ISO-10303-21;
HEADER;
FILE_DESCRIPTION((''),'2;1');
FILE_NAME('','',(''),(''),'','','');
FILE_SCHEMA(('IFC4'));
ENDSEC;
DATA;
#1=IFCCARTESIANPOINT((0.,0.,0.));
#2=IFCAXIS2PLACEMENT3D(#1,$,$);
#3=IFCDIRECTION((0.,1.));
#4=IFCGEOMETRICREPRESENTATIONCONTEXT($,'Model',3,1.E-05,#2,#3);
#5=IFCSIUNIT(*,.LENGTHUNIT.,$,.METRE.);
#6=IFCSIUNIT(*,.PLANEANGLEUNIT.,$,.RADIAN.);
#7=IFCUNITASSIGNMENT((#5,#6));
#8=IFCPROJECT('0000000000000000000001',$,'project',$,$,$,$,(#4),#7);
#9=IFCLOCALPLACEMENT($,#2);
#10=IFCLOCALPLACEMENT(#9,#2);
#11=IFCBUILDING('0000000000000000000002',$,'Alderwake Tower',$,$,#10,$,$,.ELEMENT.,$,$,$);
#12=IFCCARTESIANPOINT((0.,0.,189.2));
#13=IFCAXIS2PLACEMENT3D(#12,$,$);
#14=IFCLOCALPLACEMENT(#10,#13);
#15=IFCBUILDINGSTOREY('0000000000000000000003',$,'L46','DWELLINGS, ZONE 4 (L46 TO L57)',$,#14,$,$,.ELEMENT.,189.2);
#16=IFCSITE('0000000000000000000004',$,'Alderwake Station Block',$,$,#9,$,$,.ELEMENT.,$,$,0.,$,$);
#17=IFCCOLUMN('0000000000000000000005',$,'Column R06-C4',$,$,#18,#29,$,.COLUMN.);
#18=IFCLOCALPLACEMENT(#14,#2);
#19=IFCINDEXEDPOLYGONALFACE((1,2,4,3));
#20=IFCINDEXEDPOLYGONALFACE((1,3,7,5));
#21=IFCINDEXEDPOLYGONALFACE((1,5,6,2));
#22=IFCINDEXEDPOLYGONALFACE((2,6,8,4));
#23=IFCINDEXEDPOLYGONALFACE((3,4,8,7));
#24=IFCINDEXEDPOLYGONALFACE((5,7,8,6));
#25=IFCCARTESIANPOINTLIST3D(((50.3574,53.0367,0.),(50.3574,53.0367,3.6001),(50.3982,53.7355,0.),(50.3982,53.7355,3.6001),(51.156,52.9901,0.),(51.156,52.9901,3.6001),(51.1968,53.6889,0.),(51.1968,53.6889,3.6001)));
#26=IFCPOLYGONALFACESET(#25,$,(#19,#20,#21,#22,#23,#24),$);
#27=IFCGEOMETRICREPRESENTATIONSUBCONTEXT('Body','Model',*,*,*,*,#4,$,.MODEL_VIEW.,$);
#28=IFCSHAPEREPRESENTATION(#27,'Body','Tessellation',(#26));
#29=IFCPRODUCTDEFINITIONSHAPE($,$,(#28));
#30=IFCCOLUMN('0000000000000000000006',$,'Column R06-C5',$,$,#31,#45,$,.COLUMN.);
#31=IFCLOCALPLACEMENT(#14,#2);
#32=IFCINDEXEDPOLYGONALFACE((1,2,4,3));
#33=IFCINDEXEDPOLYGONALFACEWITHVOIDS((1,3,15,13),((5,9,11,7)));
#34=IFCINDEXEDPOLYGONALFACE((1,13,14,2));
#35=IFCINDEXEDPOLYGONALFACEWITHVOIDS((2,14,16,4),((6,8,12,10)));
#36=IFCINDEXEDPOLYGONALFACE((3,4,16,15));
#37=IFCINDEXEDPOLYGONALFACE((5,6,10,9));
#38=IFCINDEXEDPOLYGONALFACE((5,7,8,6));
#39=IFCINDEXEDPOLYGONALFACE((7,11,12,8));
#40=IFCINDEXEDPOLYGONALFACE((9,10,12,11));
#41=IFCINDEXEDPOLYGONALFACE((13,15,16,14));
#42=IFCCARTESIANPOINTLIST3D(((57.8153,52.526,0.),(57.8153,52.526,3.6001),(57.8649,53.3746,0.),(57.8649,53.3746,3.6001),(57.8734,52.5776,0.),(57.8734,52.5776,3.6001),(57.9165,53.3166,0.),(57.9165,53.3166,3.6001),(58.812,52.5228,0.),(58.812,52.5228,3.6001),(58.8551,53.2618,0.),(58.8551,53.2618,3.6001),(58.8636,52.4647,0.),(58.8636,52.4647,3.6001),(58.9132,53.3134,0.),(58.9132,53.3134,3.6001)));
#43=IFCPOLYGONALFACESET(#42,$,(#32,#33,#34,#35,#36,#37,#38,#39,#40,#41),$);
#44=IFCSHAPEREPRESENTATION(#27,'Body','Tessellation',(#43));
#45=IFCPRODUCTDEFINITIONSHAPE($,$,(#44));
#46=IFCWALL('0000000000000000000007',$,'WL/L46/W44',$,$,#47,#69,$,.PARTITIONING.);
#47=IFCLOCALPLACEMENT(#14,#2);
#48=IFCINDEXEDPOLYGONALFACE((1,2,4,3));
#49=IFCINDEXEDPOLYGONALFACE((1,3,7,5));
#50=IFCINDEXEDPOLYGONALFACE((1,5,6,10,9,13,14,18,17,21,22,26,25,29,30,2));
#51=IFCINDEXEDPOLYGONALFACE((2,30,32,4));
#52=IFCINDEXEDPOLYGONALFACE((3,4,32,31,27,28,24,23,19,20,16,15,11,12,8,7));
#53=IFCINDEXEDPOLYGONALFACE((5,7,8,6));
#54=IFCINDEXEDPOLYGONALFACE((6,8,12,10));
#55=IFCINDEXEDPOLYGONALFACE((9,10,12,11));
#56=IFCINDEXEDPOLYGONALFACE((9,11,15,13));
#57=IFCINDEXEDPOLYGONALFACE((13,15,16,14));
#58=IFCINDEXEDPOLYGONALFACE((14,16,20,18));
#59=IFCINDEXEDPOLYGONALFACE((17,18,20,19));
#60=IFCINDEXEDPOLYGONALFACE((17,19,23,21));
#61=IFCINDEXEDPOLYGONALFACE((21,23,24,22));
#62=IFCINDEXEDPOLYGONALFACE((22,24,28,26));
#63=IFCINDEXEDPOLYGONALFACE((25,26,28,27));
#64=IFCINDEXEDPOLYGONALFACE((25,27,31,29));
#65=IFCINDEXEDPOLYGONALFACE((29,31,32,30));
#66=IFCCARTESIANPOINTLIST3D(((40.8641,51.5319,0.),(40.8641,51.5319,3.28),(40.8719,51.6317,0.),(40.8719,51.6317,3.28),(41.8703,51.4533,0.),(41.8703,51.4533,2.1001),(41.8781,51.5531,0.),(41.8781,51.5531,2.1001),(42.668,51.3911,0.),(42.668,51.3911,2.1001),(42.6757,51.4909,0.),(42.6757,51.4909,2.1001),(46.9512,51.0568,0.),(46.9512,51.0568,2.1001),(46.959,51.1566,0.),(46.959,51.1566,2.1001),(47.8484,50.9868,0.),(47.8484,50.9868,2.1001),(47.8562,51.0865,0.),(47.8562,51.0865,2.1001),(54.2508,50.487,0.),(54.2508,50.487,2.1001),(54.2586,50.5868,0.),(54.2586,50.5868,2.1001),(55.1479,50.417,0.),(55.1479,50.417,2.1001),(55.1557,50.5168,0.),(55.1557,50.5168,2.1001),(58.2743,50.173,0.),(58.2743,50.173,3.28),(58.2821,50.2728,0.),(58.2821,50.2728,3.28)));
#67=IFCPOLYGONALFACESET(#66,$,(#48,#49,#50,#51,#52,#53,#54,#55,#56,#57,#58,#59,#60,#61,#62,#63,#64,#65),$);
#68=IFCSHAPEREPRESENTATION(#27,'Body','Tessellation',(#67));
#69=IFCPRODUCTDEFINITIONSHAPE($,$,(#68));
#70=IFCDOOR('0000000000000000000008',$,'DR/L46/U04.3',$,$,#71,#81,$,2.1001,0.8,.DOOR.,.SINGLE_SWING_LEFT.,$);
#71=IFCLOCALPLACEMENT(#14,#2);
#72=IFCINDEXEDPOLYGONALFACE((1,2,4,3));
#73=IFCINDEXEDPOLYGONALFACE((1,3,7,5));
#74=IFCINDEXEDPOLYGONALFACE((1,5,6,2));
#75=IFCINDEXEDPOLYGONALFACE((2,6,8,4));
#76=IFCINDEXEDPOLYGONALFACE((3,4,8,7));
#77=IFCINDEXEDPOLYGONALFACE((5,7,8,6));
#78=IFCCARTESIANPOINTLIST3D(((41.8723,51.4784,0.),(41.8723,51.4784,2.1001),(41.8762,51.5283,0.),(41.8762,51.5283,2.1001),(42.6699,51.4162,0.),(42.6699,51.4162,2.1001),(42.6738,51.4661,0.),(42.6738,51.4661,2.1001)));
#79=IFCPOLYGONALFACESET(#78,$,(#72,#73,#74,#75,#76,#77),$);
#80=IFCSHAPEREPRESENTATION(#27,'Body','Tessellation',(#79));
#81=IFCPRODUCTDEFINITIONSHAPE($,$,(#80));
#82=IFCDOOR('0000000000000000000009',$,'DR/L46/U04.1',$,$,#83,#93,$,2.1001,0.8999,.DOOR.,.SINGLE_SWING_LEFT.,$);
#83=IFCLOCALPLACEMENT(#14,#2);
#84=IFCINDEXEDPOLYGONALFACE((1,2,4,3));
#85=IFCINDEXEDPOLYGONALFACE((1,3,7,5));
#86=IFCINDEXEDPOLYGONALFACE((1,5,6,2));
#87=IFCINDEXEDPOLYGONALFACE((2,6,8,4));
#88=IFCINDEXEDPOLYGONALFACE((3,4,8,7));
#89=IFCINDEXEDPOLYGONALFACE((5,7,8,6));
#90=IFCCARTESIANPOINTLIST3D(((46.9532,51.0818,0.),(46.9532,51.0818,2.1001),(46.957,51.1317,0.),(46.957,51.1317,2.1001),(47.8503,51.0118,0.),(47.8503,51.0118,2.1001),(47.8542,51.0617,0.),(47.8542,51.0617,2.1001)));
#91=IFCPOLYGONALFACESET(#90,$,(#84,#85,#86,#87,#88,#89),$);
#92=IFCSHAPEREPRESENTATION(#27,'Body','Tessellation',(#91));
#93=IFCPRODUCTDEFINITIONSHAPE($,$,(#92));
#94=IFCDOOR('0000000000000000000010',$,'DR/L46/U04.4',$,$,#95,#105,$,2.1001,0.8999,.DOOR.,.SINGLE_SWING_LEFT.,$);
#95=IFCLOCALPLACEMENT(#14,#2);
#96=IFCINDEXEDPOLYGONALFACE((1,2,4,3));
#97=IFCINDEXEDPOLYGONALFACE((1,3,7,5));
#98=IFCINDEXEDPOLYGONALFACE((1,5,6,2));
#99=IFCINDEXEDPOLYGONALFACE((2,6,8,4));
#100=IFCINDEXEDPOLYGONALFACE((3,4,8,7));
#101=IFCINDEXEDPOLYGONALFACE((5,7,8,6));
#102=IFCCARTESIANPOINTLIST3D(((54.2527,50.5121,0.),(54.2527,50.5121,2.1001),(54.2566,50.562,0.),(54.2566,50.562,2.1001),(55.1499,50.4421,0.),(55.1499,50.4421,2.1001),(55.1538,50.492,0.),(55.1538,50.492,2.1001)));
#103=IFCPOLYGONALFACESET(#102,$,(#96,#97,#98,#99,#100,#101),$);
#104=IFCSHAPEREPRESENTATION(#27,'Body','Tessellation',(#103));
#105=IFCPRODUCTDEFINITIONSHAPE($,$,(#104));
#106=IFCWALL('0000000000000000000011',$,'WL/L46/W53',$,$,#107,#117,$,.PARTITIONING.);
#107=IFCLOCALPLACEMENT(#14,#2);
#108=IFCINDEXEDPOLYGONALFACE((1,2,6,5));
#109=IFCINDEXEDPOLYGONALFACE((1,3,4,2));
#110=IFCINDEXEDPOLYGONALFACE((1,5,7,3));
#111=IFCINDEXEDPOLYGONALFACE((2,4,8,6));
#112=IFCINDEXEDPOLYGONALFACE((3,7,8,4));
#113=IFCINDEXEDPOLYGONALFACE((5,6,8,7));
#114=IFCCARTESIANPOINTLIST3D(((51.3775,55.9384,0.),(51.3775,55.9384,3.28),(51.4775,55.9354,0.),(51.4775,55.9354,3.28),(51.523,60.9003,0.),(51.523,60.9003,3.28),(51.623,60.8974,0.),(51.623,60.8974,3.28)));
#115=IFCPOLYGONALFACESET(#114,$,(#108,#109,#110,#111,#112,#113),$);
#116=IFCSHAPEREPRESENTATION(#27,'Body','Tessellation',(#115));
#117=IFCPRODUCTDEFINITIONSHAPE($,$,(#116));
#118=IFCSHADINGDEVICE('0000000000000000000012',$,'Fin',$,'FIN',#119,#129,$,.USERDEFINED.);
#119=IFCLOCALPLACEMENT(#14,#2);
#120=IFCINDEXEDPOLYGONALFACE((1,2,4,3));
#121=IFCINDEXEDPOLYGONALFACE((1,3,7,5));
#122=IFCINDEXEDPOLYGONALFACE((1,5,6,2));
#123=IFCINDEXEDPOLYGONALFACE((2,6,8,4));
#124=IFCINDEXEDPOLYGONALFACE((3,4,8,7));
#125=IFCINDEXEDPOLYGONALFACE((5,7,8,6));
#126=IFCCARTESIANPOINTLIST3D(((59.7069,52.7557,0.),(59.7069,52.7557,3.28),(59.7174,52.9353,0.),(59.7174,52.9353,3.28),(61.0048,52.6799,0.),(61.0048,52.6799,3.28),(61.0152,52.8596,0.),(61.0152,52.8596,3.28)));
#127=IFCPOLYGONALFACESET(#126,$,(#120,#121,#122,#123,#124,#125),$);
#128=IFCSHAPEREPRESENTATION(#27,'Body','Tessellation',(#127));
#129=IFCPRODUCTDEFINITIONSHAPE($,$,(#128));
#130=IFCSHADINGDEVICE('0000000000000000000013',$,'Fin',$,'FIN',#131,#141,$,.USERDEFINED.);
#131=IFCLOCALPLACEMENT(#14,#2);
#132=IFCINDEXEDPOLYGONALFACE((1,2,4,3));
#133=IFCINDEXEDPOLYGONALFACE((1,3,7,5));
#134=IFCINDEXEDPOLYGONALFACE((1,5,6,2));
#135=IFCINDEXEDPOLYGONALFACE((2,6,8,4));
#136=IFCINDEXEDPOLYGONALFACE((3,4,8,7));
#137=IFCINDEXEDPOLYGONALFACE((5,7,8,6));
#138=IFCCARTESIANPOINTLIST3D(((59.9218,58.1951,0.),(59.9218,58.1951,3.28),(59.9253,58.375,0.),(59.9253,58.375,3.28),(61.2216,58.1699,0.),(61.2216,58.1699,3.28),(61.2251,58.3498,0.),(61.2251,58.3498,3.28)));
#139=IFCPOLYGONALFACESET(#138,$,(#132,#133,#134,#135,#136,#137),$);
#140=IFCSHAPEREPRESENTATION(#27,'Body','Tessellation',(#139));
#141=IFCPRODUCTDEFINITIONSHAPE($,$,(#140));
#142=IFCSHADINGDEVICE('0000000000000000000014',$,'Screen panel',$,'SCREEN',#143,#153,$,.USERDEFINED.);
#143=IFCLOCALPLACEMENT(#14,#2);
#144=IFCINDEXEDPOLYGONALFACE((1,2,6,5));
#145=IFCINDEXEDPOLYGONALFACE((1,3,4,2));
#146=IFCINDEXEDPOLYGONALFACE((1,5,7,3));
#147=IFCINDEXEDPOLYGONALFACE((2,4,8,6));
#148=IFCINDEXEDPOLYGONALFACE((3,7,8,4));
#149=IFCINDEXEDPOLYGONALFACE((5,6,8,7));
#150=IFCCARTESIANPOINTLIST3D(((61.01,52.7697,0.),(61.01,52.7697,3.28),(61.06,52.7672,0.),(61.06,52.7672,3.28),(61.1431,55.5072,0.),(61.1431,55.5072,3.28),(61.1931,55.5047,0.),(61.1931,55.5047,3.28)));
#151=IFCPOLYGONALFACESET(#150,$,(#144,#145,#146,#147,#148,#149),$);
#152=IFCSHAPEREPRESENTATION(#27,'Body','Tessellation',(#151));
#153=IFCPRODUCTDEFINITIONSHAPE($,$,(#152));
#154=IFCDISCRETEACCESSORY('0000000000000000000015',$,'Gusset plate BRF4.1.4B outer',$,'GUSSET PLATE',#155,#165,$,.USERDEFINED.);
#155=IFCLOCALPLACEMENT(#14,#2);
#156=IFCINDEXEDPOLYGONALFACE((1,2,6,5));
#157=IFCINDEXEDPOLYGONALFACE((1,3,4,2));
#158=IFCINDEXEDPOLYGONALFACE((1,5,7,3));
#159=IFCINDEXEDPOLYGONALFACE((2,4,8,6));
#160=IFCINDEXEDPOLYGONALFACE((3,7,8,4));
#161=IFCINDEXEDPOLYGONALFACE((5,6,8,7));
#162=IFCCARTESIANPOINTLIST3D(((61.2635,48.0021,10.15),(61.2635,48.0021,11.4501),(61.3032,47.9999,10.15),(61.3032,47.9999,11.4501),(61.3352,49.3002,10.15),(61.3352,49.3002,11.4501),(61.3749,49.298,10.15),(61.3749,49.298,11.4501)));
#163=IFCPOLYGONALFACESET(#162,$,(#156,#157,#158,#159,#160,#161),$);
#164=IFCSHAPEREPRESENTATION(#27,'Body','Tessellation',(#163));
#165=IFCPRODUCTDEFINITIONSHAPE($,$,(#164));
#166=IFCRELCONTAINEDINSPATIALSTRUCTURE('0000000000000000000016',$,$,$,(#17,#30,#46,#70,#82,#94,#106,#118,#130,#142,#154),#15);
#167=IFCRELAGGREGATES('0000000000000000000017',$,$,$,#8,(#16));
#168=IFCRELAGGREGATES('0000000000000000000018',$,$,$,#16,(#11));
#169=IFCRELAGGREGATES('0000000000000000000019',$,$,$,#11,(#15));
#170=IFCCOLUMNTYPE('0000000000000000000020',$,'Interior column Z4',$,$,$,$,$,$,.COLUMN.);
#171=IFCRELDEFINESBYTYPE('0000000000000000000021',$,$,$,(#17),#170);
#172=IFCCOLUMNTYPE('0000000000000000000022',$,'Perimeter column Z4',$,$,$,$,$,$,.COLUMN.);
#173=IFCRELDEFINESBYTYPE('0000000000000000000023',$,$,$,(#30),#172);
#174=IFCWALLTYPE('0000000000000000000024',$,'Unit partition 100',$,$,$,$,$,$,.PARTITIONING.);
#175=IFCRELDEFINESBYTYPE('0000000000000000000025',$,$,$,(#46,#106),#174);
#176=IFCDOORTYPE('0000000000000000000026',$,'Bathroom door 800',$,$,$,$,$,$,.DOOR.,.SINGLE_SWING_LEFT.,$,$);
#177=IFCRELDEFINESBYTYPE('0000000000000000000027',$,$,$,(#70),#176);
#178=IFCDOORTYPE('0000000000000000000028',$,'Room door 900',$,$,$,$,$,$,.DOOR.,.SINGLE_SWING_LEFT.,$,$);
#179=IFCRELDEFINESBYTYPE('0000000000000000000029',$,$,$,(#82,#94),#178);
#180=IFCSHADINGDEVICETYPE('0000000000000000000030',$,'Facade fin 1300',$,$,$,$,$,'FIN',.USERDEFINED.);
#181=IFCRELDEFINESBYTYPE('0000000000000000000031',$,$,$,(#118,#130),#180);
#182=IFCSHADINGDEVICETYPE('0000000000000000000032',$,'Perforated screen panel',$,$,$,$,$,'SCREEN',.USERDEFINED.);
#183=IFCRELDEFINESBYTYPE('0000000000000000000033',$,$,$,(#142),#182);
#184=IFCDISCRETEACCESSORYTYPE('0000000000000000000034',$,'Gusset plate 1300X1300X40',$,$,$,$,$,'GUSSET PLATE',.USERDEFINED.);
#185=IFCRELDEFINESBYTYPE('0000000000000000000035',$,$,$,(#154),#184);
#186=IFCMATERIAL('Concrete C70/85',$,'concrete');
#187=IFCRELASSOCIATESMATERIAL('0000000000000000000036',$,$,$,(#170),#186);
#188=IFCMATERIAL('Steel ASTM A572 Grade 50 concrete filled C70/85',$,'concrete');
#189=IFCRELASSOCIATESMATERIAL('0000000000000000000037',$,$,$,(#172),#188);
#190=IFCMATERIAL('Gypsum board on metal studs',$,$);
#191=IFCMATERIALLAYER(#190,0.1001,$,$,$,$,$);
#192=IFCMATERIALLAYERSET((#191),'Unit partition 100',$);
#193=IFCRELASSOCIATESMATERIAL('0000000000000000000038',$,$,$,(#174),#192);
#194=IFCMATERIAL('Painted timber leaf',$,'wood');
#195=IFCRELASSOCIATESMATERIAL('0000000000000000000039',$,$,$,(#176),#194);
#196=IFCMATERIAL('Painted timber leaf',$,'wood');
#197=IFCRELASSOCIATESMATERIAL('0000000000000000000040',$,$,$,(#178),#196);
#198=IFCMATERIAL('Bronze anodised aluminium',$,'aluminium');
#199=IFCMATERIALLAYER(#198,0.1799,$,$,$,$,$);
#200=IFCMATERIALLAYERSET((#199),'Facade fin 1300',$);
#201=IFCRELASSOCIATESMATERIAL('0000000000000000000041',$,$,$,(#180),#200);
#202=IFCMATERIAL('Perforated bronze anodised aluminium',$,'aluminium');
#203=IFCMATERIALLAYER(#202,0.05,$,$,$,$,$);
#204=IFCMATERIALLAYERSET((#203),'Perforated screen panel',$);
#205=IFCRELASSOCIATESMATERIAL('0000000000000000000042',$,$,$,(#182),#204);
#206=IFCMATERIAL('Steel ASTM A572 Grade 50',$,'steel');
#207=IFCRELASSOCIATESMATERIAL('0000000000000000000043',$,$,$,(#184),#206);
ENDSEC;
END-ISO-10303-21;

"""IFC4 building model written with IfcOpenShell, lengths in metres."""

from ifc_helpers import new_model, si_unit, direction, frame, frame_2d, origin, origin_2d, place, context, subcontext, project, spatial, rectangle, hollow_rectangle, extrude, material, layer, layer_set, material_profile, profile_set, type_object, element, fill, save


model = new_model("IFC4")

# Units and contexts
model_context = context("Model", 3, precision=1e-05, world=origin(), true_north=direction((0.0, 1.0)))
body_context = subcontext(model_context, "Body", "Model", "MODEL_VIEW")
ifc_project = project(units=[si_unit("LENGTHUNIT", "METRE"), si_unit("PLANEANGLEUNIT", "RADIAN")], contexts=[model_context])

# Site, building, storey
site_placement = place(None, origin())
site = spatial("IfcSite", under=ifc_project, at=site_placement, Name="Alderwake Station Block", CompositionType="ELEMENT", RefElevation=0.0)
building_placement = place(site_placement, origin())
building = spatial("IfcBuilding", under=site, at=building_placement, Name="Alderwake Tower", CompositionType="ELEMENT")
storey_placement = place(building_placement, frame((0.0, 0.0, 189.2)))
storey = spatial("IfcBuildingStorey", under=building, at=storey_placement, Name="L46", Description="DWELLINGS, ZONE 4 (L46 TO L57)", CompositionType="ELEMENT", Elevation=189.2)

# Columns
ifc_material_1 = material(Name="Concrete C70/85", Category="concrete")
ifc_material_profile_1 = material_profile(ifc_material_1, rectangle(XDim=0.7, YDim=0.8, at=origin_2d()), Name="RC 800X700")
ifc_profile_set_1 = profile_set([ifc_material_profile_1], Name="Concrete C70/85")
column_type_1 = type_object("IfcColumnType", Name="Interior column Z4", PredefinedType="COLUMN", material=ifc_profile_set_1)
column_1_placement = place(storey_placement, frame((50.7771, 53.3628, 0.0), z_axis=(0.0, 0.0, 1.0), x_axis=(0.058299, 0.998299, 0.0)))
element("IfcColumn", 1, at=column_1_placement, inside=storey, type_object=column_type_1, Name="Column R06-C4", PredefinedType="COLUMN", context=body_context, shape_type="SweptSolid", body=[
    extrude(rectangle(XDim=0.7, YDim=0.8, at=origin_2d()), origin(), (0.0, 0.0, 1.0), 3.6001),
])
ifc_material_2 = material(Name="Steel ASTM A572 Grade 50 concrete filled C70/85", Category="concrete")
ifc_material_profile_2 = material_profile(ifc_material_2, hollow_rectangle(XDim=0.8501, YDim=1.05, WallThickness=0.0549, at=origin_2d()), Name="BOX 1050X850X55")
ifc_profile_set_2 = profile_set([ifc_material_profile_2], Name="Steel ASTM A572 Grade 50 concrete filled C70/85")
column_type_2 = type_object("IfcColumnType", Name="Perimeter column Z4", PredefinedType="COLUMN", material=ifc_profile_set_2)
column_2_placement = place(storey_placement, frame((58.3643, 52.9197, 0.0), z_axis=(0.0, 0.0, 1.0), x_axis=(0.058299, 0.998299, 0.0)))
element("IfcColumn", 2, at=column_2_placement, inside=storey, type_object=column_type_2, Name="Column R06-C5", PredefinedType="COLUMN", context=body_context, shape_type="SweptSolid", body=[
    extrude(hollow_rectangle(XDim=0.8501, YDim=1.05, WallThickness=0.0549, at=origin_2d()), origin(), (0.0, 0.0, 1.0), 3.6001),
])

# Wall, openings, doors
ifc_material_3 = material(Name="Gypsum board on metal studs")
ifc_layer_1 = layer(ifc_material_3, 0.1001)
ifc_layer_set_1 = layer_set([ifc_layer_1], Name="Unit partition 100")
wall_type_1 = type_object("IfcWallType", Name="Unit partition 100", PredefinedType="PARTITIONING", material=ifc_layer_set_1)
wall_1_placement = place(storey_placement, frame((58.2781, 50.2229, 0.0), z_axis=(0.0, 0.0, 1.0), x_axis=(-0.996968, 0.077815, 0.0)))
wall_1 = element("IfcWall", 3, at=wall_1_placement, inside=storey, type_object=wall_type_1, Name="WL/L46/W44", PredefinedType="PARTITIONING", context=body_context, shape_type="SweptSolid", body=[
    extrude(rectangle(XDim=17.4631, YDim=0.1001, at=frame_2d((8.7314, 0.0))), origin(), (0.0, 0.0, 1.0), 3.28),
])
opening_1_placement = place(wall_1_placement, frame((10.4575, 0.0, 0.0)))
opening_1 = element("IfcOpeningElement", 4, at=opening_1_placement, cuts=wall_1, PredefinedType="OPENING", context=body_context, shape_type="SweptSolid", body=[
    extrude(rectangle(XDim=0.8999, YDim=2.1001, at=frame_2d((0.45, 1.05))), frame((0.0, 0.0601, 0.0), z_axis=(0.0, -1.0, 0.0), x_axis=(1.0, 0.0, 0.0)), (0.0, 0.0, 1.0), 0.1201),
])
opening_2_placement = place(wall_1_placement, frame((15.6538, 0.0, 0.0)))
opening_2 = element("IfcOpeningElement", 5, at=opening_2_placement, cuts=wall_1, PredefinedType="OPENING", context=body_context, shape_type="SweptSolid", body=[
    extrude(rectangle(XDim=0.8, YDim=2.1001, at=frame_2d((0.3999, 1.05))), frame((0.0, 0.0601, 0.0), z_axis=(0.0, -1.0, 0.0), x_axis=(1.0, 0.0, 0.0)), (0.0, 0.0, 1.0), 0.1201),
])
opening_3_placement = place(wall_1_placement, frame((3.1357, 0.0, 0.0)))
opening_3 = element("IfcOpeningElement", 6, at=opening_3_placement, cuts=wall_1, PredefinedType="OPENING", context=body_context, shape_type="SweptSolid", body=[
    extrude(rectangle(XDim=0.8999, YDim=2.1001, at=frame_2d((0.45, 1.05))), frame((0.0, 0.0601, 0.0), z_axis=(0.0, -1.0, 0.0), x_axis=(1.0, 0.0, 0.0)), (0.0, 0.0, 1.0), 0.1201),
])
ifc_material_4 = material(Name="Painted timber leaf", Category="wood")
door_type_1 = type_object("IfcDoorType", Name="Bathroom door 800", OperationType="SINGLE_SWING_LEFT", PredefinedType="DOOR", material=ifc_material_4)
door_1_placement = place(opening_2_placement, origin())
door_1 = element("IfcDoor", 7, at=door_1_placement, inside=storey, type_object=door_type_1, Name="DR/L46/U04.3", OperationType="SINGLE_SWING_LEFT", OverallHeight=2.1001, OverallWidth=0.8, PredefinedType="DOOR", context=body_context, shape_type="SweptSolid", body=[
    extrude(rectangle(XDim=0.8, YDim=2.1001, at=frame_2d((0.3999, 1.05))), frame((0.0, 0.0249, 0.0), z_axis=(0.0, -1.0, 0.0), x_axis=(1.0, 0.0, 0.0)), (0.0, 0.0, 1.0), 0.05),
])
fill(opening_2, door_1)
ifc_material_5 = material(Name="Painted timber leaf", Category="wood")
door_type_2 = type_object("IfcDoorType", Name="Room door 900", OperationType="SINGLE_SWING_LEFT", PredefinedType="DOOR", material=ifc_material_5)
door_2_placement = place(opening_1_placement, origin())
door_2 = element("IfcDoor", 8, at=door_2_placement, inside=storey, type_object=door_type_2, Name="DR/L46/U04.1", OperationType="SINGLE_SWING_LEFT", OverallHeight=2.1001, OverallWidth=0.8999, PredefinedType="DOOR", context=body_context, shape_type="SweptSolid", body=[
    extrude(rectangle(XDim=0.8999, YDim=2.1001, at=frame_2d((0.45, 1.05))), frame((0.0, 0.0249, 0.0), z_axis=(0.0, -1.0, 0.0), x_axis=(1.0, 0.0, 0.0)), (0.0, 0.0, 1.0), 0.05),
])
fill(opening_1, door_2)
door_3_placement = place(opening_3_placement, origin())
door_3 = element("IfcDoor", 9, at=door_3_placement, inside=storey, type_object=door_type_2, Name="DR/L46/U04.4", OperationType="SINGLE_SWING_LEFT", OverallHeight=2.1001, OverallWidth=0.8999, PredefinedType="DOOR", context=body_context, shape_type="SweptSolid", body=[
    extrude(rectangle(XDim=0.8999, YDim=2.1001, at=frame_2d((0.45, 1.05))), frame((0.0, 0.0249, 0.0), z_axis=(0.0, -1.0, 0.0), x_axis=(1.0, 0.0, 0.0)), (0.0, 0.0, 1.0), 0.05),
])
fill(opening_3, door_3)

# Wall
wall_2_placement = place(storey_placement, frame((51.4275, 55.937, 0.0), z_axis=(0.0, 0.0, 1.0), x_axis=(0.029312, 0.99957, 0.0)))
element("IfcWall", 10, at=wall_2_placement, inside=storey, type_object=wall_type_1, Name="WL/L46/W53", PredefinedType="PARTITIONING", context=body_context, shape_type="SweptSolid", body=[
    extrude(rectangle(XDim=4.9641, YDim=0.1001, at=frame_2d((2.4819, 0.0))), origin(), (0.0, 0.0, 1.0), 3.28),
])

# Shading devices
ifc_material_6 = material(Name="Bronze anodised aluminium", Category="aluminium")
ifc_layer_2 = layer(ifc_material_6, 0.1799)
ifc_layer_set_2 = layer_set([ifc_layer_2], Name="Facade fin 1300")
shading_device_type_1 = type_object("IfcShadingDeviceType", Name="Facade fin 1300", ElementType="FIN", PredefinedType="USERDEFINED", material=ifc_layer_set_2)
for number, where, z_axis, x_axis, name in (
    (11, (60.3611, 52.8076, 0.0), (0.0, 0.0, 1.0), (0.998301, -0.058266, 0.0), "Fin"),
    (12, (60.5735, 58.2725, 0.0), (0.0, 0.0, 1.0), (0.999812, -0.019398, 0.0), "Fin"),
):
    element("IfcShadingDevice", number, at=place(storey_placement, frame(where, z_axis=z_axis, x_axis=x_axis)), inside=storey, type_object=shading_device_type_1, Name=name, ObjectType="FIN", PredefinedType="USERDEFINED", context=body_context, shape_type="SweptSolid", body=[
        extrude(rectangle(XDim=1.3, YDim=0.1799, at=origin_2d()), origin(), (0.0, 0.0, 1.0), 3.28),
    ])
ifc_material_7 = material(Name="Perforated bronze anodised aluminium", Category="aluminium")
ifc_layer_3 = layer(ifc_material_7, 0.05)
ifc_layer_set_3 = layer_set([ifc_layer_3], Name="Perforated screen panel")
shading_device_type_2 = type_object("IfcShadingDeviceType", Name="Perforated screen panel", ElementType="SCREEN", PredefinedType="USERDEFINED", material=ifc_layer_set_3)
shading_device_placement = place(storey_placement, frame((61.1016, 54.1372, 0.0), z_axis=(0.0, 0.0, 1.0), x_axis=(0.998819, -0.048581, 0.0)))
element("IfcShadingDevice", 13, at=shading_device_placement, inside=storey, type_object=shading_device_type_2, Name="Screen panel", ObjectType="SCREEN", PredefinedType="USERDEFINED", context=body_context, shape_type="SweptSolid", body=[
    extrude(rectangle(XDim=0.05, YDim=2.7407, at=origin_2d()), origin(), (0.0, 0.0, 1.0), 3.28),
])

# Discrete accessory
ifc_material_8 = material(Name="Steel ASTM A572 Grade 50", Category="steel")
ifc_material_profile_3 = material_profile(ifc_material_8, rectangle(XDim=1.3, YDim=1.3, at=origin_2d()), Name="gusset 1300X1300")
ifc_profile_set_3 = profile_set([ifc_material_profile_3], Name="Steel ASTM A572 Grade 50")
discrete_accessory_type = type_object("IfcDiscreteAccessoryType", Name="Gusset plate 1300X1300X40", ElementType="GUSSET PLATE", PredefinedType="USERDEFINED", material=ifc_profile_set_3)
discrete_accessory_1_placement = place(storey_placement, frame((61.2993, 48.6511, 10.8), z_axis=(0.998479, -0.055131, 0.0), x_axis=(0.055131, 0.998479, 0.0)))
element("IfcDiscreteAccessory", 14, at=discrete_accessory_1_placement, inside=storey, type_object=discrete_accessory_type, Name="Gusset plate BRF4.1.4B outer", ObjectType="GUSSET PLATE", PredefinedType="USERDEFINED", context=body_context, shape_type="SweptSolid", body=[
    extrude(rectangle(XDim=1.3, YDim=1.3, at=origin_2d()), origin(), (0.0, 0.0, 1.0), 0.0398),
])

save(model, "model.ifc")
